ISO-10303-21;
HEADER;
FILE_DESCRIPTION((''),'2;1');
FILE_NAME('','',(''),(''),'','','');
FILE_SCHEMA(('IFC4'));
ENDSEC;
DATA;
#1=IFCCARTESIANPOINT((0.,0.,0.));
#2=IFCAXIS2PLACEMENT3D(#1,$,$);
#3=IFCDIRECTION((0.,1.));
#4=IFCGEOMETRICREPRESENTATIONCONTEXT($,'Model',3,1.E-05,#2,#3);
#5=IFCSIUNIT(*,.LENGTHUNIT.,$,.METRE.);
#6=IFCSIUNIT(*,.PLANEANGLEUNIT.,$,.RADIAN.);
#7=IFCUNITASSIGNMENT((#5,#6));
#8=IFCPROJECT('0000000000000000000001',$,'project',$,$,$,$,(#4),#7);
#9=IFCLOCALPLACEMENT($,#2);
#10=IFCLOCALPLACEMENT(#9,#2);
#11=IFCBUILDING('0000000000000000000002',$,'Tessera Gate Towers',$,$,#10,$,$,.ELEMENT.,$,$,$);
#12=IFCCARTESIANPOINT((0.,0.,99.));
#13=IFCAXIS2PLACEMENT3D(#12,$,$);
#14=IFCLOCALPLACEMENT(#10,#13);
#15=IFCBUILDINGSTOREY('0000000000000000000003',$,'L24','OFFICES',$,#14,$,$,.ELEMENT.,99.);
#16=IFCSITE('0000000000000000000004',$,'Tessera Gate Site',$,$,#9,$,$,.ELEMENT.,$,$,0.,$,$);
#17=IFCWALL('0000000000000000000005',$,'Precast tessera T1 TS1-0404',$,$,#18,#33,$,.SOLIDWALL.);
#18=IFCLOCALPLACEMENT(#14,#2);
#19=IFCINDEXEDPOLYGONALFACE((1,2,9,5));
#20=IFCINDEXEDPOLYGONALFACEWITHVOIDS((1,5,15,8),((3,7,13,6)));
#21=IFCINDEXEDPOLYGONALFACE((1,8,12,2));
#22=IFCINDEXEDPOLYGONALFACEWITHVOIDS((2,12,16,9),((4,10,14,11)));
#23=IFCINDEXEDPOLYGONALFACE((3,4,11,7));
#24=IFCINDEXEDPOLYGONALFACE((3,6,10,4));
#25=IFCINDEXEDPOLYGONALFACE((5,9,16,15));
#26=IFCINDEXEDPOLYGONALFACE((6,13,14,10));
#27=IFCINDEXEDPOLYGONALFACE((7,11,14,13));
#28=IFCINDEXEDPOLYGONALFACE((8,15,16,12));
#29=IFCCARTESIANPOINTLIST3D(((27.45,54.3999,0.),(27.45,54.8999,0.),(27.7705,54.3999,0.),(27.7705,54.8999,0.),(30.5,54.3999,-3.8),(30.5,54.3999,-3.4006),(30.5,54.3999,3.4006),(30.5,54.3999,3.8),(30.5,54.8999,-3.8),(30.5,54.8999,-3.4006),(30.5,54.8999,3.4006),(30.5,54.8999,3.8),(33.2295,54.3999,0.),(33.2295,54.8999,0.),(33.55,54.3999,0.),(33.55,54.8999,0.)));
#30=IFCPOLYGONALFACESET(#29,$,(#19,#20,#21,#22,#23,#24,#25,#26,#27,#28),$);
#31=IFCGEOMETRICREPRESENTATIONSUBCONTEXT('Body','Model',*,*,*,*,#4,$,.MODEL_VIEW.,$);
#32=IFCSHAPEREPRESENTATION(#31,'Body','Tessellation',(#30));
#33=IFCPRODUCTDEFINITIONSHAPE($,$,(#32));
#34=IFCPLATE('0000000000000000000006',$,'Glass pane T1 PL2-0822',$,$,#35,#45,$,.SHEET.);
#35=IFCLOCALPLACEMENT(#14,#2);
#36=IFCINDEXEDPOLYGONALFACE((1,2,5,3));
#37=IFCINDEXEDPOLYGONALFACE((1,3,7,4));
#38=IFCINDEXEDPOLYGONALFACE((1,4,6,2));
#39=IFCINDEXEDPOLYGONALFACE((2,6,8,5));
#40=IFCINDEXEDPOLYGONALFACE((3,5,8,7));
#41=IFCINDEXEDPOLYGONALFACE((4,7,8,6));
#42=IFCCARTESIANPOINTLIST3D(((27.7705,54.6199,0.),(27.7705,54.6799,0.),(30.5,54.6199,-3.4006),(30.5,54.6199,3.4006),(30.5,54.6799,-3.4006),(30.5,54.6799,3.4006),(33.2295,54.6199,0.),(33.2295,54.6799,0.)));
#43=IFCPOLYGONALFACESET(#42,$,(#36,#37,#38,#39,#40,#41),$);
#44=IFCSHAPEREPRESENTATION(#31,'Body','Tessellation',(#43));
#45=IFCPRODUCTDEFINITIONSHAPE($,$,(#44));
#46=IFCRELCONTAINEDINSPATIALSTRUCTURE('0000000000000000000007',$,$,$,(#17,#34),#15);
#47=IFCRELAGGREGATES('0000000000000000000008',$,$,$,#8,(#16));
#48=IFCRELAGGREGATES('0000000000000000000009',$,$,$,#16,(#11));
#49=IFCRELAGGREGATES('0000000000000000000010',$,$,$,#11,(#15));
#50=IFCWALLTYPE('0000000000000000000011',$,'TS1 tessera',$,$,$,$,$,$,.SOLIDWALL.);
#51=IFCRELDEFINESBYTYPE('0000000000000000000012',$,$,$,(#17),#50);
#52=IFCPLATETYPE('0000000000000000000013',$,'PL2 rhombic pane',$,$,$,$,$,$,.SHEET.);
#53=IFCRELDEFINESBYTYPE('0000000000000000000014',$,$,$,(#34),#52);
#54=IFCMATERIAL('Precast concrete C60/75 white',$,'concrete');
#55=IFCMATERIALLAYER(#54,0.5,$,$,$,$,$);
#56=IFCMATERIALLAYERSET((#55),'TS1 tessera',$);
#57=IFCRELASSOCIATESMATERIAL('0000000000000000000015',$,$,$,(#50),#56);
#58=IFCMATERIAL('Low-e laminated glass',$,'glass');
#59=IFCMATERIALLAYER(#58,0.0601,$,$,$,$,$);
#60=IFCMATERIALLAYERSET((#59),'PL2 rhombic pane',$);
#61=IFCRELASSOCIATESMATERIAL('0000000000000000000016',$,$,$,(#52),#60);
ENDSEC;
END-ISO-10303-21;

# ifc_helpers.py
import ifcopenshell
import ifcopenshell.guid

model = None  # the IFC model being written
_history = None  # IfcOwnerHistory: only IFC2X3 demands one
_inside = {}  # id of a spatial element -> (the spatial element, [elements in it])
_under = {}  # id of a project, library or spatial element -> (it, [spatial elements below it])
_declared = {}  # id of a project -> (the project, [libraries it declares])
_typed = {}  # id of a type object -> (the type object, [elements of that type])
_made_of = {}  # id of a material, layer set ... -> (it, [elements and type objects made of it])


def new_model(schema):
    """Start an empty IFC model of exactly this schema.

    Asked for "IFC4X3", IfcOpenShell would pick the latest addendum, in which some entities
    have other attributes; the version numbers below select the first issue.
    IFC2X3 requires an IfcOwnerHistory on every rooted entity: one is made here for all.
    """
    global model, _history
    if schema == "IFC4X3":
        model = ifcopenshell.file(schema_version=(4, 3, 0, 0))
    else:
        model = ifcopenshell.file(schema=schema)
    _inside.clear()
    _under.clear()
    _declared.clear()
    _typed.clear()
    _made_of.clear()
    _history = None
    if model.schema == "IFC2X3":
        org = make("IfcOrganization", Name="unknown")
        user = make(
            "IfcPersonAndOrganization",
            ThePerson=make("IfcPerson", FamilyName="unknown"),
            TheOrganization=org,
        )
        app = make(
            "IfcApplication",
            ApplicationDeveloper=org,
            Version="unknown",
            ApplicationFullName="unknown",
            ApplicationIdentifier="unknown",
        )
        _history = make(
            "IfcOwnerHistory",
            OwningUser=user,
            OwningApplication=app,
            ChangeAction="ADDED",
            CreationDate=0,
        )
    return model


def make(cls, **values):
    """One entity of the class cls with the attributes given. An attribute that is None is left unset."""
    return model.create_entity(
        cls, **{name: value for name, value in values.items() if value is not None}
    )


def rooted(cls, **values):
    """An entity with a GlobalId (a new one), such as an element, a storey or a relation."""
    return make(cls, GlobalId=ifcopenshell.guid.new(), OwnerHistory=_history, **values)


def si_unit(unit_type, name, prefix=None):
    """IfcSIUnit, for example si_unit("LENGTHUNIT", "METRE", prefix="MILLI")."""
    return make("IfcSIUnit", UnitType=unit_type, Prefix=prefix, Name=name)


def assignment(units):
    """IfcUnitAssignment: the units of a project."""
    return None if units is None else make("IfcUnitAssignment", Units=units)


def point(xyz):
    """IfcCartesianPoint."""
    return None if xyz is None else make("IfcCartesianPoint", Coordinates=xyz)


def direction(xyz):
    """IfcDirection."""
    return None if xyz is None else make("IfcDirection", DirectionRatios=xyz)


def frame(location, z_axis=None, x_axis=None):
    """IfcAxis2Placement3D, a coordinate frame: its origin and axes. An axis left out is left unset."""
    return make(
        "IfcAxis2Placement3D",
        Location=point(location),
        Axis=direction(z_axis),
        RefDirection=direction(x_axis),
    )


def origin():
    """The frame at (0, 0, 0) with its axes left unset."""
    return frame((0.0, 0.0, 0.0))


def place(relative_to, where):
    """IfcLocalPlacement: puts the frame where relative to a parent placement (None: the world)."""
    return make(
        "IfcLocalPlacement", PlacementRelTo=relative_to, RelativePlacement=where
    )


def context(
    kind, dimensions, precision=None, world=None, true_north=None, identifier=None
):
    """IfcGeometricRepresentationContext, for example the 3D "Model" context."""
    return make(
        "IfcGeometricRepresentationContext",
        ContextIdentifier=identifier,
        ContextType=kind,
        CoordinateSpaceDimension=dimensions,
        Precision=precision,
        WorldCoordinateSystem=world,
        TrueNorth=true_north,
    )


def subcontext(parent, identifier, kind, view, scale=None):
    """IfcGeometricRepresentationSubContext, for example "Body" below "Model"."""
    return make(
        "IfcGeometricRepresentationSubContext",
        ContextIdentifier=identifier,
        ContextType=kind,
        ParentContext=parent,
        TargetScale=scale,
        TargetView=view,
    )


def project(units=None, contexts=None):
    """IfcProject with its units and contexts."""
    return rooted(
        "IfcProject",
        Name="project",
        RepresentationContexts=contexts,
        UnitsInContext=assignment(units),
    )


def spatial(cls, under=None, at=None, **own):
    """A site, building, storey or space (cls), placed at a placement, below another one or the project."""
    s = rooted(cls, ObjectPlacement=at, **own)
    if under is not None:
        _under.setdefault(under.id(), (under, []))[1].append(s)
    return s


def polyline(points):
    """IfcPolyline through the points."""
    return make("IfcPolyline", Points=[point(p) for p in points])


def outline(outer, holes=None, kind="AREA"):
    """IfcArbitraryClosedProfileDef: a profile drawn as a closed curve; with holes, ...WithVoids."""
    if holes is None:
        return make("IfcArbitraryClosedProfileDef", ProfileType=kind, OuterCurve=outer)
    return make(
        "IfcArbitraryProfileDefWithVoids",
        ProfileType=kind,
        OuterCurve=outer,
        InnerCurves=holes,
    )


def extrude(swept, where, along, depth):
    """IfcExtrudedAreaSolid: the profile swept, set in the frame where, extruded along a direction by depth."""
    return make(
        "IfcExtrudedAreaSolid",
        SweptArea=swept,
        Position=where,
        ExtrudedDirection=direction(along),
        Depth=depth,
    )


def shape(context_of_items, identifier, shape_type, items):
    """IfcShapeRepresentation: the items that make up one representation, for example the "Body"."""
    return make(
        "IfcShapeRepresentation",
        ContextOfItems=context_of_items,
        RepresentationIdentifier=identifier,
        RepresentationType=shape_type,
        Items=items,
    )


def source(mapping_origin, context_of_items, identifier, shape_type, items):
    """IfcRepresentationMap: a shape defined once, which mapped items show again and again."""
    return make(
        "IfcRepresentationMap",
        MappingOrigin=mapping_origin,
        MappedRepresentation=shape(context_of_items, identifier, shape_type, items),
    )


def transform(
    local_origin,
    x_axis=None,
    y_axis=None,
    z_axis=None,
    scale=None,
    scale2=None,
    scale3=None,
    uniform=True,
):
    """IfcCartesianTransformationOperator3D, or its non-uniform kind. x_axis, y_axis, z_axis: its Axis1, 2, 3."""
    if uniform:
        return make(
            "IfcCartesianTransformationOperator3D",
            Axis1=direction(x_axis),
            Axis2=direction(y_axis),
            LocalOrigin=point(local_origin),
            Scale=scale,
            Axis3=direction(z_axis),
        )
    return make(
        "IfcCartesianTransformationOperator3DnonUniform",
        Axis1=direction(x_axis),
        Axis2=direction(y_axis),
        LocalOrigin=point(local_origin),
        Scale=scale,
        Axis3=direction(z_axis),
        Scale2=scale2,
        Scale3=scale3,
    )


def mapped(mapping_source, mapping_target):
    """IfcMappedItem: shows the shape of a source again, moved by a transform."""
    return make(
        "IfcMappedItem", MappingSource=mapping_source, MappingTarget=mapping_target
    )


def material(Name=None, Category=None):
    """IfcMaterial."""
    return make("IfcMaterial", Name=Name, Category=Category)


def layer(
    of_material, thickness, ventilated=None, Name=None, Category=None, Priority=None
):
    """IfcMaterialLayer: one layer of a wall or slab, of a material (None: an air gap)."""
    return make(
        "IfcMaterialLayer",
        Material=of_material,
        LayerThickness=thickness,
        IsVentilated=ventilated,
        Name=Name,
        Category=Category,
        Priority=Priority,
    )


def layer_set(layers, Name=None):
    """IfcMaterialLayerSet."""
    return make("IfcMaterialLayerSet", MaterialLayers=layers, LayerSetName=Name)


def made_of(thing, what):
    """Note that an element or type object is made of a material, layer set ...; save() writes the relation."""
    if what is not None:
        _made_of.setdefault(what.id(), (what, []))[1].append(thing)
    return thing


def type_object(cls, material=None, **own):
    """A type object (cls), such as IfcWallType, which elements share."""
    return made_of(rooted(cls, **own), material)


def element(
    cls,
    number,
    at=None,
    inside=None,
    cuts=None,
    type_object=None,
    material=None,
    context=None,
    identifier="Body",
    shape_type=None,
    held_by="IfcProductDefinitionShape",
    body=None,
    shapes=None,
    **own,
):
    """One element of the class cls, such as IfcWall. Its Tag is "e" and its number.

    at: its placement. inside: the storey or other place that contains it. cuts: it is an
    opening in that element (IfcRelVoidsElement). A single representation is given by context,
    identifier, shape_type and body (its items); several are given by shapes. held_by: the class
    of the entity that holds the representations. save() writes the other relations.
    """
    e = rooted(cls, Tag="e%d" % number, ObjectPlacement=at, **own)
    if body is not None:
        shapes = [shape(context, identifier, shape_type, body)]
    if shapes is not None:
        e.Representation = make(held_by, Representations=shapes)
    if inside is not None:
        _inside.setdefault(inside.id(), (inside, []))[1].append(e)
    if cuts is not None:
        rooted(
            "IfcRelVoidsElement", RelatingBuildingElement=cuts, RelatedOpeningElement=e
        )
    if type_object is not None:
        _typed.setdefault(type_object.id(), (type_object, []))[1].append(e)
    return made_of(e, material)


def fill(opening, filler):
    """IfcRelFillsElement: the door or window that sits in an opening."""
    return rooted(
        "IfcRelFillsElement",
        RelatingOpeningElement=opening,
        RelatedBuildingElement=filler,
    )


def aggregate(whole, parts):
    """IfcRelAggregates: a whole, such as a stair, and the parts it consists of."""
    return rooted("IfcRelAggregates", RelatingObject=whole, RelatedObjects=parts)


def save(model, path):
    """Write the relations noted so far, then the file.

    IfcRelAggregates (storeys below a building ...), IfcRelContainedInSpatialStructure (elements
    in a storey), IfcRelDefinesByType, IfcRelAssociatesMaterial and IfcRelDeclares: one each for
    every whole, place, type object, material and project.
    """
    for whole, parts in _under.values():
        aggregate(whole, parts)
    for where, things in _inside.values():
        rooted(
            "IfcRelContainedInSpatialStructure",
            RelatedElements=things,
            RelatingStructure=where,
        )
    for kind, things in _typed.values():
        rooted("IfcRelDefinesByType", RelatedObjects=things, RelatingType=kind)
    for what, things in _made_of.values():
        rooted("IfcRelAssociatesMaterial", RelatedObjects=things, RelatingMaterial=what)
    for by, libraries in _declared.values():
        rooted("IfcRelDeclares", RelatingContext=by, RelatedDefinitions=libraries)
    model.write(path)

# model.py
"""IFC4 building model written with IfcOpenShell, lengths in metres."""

from ifc_helpers import new_model, si_unit, direction, frame, origin, place, context, subcontext, project, spatial, polyline, outline, extrude, source, transform, mapped, material, layer, layer_set, type_object, element, fill, save


model = new_model("IFC4")

# Units and contexts
model_context = context("Model", 3, precision=1e-05, world=origin(), true_north=direction((0.0, 1.0)))
body_context = subcontext(model_context, "Body", "Model", "MODEL_VIEW")
ifc_project = project(units=[si_unit("LENGTHUNIT", "METRE"), si_unit("PLANEANGLEUNIT", "RADIAN")], contexts=[model_context])

# Site, building, storey
site_placement = place(None, origin())
site = spatial("IfcSite", under=ifc_project, at=site_placement, Name="Tessera Gate Site", CompositionType="ELEMENT", RefElevation=0.0)
building_placement = place(site_placement, origin())
building = spatial("IfcBuilding", under=site, at=building_placement, Name="Tessera Gate Towers", CompositionType="ELEMENT")
storey_placement = place(building_placement, frame((0.0, 0.0, 99.0)))
storey = spatial("IfcBuildingStorey", under=building, at=storey_placement, Name="L24", Description="OFFICES", CompositionType="ELEMENT", Elevation=99.0)

# Wall, opening, plate
ifc_material_1 = material(Name="Precast concrete C60/75 white", Category="concrete")
ifc_layer_1 = layer(ifc_material_1, 0.5)
ifc_layer_set_1 = layer_set([ifc_layer_1], Name="TS1 tessera")
wall_type_1 = type_object("IfcWallType", Name="TS1 tessera", PredefinedType="SOLIDWALL", material=ifc_layer_set_1)
shared_shape_1 = source(origin(), body_context, "Body", "SweptSolid", [
    extrude(outline(polyline([(3.05, 0.0), (6.1001, 3.8), (3.05, 7.6001), (0.0, 3.8), (3.05, 0.0)])), frame((0.0, 0.25, 0.0), z_axis=(0.0, -1.0, 0.0), x_axis=(1.0, 0.0, 0.0)), (0.0, 0.0, 1.0), 0.5),
])
wall_1_placement = place(storey_placement, frame((33.55, 54.6499, -3.8), z_axis=(0.0, 0.0, 1.0), x_axis=(-1.0, 0.0, 0.0)))
wall_1 = element("IfcWall", 1, at=wall_1_placement, inside=storey, type_object=wall_type_1, Name="Precast tessera T1 TS1-0404", PredefinedType="SOLIDWALL", context=body_context, shape_type="MappedRepresentation", body=[
    mapped(shared_shape_1, transform((0.0, 0.0, 0.0), scale=1.0)),
])
shared_shape_2 = source(origin(), body_context, "Body", "SweptSolid", [
    extrude(outline(polyline([(3.05, 0.3994), (5.7795, 3.8), (3.05, 7.2007), (0.3206, 3.8), (3.05, 0.3994)])), frame((0.0, 0.26, 0.0), z_axis=(0.0, -1.0, 0.0), x_axis=(1.0, 0.0, 0.0)), (0.0, 0.0, 1.0), 0.52),
])
opening_1_placement = place(wall_1_placement, origin())
opening_1 = element("IfcOpeningElement", 2, at=opening_1_placement, cuts=wall_1, PredefinedType="OPENING", context=body_context, shape_type="MappedRepresentation", body=[
    mapped(shared_shape_2, transform((0.0, 0.0, 0.0), scale=1.0)),
])
ifc_material_2 = material(Name="Low-e laminated glass", Category="glass")
ifc_layer_2 = layer(ifc_material_2, 0.0601)
ifc_layer_set_2 = layer_set([ifc_layer_2], Name="PL2 rhombic pane")
plate_type = type_object("IfcPlateType", Name="PL2 rhombic pane", PredefinedType="SHEET", material=ifc_layer_set_2)
shared_shape_3 = source(origin(), body_context, "Body", "SweptSolid", [
    extrude(outline(polyline([(3.05, 0.3994), (5.7795, 3.8), (3.05, 7.2007), (0.3206, 3.8), (3.05, 0.3994)])), frame((0.0, 0.03, 0.0), z_axis=(0.0, -1.0, 0.0), x_axis=(1.0, 0.0, 0.0)), (0.0, 0.0, 1.0), 0.0601),
])
plate_placement = place(opening_1_placement, origin())
plate = element("IfcPlate", 3, at=plate_placement, inside=storey, type_object=plate_type, Name="Glass pane T1 PL2-0822", PredefinedType="SHEET", context=body_context, shape_type="MappedRepresentation", body=[
    mapped(shared_shape_3, transform((0.0, 0.0, 0.0), scale=1.0)),
])
fill(opening_1, plate)

save(model, "model.ifc")
